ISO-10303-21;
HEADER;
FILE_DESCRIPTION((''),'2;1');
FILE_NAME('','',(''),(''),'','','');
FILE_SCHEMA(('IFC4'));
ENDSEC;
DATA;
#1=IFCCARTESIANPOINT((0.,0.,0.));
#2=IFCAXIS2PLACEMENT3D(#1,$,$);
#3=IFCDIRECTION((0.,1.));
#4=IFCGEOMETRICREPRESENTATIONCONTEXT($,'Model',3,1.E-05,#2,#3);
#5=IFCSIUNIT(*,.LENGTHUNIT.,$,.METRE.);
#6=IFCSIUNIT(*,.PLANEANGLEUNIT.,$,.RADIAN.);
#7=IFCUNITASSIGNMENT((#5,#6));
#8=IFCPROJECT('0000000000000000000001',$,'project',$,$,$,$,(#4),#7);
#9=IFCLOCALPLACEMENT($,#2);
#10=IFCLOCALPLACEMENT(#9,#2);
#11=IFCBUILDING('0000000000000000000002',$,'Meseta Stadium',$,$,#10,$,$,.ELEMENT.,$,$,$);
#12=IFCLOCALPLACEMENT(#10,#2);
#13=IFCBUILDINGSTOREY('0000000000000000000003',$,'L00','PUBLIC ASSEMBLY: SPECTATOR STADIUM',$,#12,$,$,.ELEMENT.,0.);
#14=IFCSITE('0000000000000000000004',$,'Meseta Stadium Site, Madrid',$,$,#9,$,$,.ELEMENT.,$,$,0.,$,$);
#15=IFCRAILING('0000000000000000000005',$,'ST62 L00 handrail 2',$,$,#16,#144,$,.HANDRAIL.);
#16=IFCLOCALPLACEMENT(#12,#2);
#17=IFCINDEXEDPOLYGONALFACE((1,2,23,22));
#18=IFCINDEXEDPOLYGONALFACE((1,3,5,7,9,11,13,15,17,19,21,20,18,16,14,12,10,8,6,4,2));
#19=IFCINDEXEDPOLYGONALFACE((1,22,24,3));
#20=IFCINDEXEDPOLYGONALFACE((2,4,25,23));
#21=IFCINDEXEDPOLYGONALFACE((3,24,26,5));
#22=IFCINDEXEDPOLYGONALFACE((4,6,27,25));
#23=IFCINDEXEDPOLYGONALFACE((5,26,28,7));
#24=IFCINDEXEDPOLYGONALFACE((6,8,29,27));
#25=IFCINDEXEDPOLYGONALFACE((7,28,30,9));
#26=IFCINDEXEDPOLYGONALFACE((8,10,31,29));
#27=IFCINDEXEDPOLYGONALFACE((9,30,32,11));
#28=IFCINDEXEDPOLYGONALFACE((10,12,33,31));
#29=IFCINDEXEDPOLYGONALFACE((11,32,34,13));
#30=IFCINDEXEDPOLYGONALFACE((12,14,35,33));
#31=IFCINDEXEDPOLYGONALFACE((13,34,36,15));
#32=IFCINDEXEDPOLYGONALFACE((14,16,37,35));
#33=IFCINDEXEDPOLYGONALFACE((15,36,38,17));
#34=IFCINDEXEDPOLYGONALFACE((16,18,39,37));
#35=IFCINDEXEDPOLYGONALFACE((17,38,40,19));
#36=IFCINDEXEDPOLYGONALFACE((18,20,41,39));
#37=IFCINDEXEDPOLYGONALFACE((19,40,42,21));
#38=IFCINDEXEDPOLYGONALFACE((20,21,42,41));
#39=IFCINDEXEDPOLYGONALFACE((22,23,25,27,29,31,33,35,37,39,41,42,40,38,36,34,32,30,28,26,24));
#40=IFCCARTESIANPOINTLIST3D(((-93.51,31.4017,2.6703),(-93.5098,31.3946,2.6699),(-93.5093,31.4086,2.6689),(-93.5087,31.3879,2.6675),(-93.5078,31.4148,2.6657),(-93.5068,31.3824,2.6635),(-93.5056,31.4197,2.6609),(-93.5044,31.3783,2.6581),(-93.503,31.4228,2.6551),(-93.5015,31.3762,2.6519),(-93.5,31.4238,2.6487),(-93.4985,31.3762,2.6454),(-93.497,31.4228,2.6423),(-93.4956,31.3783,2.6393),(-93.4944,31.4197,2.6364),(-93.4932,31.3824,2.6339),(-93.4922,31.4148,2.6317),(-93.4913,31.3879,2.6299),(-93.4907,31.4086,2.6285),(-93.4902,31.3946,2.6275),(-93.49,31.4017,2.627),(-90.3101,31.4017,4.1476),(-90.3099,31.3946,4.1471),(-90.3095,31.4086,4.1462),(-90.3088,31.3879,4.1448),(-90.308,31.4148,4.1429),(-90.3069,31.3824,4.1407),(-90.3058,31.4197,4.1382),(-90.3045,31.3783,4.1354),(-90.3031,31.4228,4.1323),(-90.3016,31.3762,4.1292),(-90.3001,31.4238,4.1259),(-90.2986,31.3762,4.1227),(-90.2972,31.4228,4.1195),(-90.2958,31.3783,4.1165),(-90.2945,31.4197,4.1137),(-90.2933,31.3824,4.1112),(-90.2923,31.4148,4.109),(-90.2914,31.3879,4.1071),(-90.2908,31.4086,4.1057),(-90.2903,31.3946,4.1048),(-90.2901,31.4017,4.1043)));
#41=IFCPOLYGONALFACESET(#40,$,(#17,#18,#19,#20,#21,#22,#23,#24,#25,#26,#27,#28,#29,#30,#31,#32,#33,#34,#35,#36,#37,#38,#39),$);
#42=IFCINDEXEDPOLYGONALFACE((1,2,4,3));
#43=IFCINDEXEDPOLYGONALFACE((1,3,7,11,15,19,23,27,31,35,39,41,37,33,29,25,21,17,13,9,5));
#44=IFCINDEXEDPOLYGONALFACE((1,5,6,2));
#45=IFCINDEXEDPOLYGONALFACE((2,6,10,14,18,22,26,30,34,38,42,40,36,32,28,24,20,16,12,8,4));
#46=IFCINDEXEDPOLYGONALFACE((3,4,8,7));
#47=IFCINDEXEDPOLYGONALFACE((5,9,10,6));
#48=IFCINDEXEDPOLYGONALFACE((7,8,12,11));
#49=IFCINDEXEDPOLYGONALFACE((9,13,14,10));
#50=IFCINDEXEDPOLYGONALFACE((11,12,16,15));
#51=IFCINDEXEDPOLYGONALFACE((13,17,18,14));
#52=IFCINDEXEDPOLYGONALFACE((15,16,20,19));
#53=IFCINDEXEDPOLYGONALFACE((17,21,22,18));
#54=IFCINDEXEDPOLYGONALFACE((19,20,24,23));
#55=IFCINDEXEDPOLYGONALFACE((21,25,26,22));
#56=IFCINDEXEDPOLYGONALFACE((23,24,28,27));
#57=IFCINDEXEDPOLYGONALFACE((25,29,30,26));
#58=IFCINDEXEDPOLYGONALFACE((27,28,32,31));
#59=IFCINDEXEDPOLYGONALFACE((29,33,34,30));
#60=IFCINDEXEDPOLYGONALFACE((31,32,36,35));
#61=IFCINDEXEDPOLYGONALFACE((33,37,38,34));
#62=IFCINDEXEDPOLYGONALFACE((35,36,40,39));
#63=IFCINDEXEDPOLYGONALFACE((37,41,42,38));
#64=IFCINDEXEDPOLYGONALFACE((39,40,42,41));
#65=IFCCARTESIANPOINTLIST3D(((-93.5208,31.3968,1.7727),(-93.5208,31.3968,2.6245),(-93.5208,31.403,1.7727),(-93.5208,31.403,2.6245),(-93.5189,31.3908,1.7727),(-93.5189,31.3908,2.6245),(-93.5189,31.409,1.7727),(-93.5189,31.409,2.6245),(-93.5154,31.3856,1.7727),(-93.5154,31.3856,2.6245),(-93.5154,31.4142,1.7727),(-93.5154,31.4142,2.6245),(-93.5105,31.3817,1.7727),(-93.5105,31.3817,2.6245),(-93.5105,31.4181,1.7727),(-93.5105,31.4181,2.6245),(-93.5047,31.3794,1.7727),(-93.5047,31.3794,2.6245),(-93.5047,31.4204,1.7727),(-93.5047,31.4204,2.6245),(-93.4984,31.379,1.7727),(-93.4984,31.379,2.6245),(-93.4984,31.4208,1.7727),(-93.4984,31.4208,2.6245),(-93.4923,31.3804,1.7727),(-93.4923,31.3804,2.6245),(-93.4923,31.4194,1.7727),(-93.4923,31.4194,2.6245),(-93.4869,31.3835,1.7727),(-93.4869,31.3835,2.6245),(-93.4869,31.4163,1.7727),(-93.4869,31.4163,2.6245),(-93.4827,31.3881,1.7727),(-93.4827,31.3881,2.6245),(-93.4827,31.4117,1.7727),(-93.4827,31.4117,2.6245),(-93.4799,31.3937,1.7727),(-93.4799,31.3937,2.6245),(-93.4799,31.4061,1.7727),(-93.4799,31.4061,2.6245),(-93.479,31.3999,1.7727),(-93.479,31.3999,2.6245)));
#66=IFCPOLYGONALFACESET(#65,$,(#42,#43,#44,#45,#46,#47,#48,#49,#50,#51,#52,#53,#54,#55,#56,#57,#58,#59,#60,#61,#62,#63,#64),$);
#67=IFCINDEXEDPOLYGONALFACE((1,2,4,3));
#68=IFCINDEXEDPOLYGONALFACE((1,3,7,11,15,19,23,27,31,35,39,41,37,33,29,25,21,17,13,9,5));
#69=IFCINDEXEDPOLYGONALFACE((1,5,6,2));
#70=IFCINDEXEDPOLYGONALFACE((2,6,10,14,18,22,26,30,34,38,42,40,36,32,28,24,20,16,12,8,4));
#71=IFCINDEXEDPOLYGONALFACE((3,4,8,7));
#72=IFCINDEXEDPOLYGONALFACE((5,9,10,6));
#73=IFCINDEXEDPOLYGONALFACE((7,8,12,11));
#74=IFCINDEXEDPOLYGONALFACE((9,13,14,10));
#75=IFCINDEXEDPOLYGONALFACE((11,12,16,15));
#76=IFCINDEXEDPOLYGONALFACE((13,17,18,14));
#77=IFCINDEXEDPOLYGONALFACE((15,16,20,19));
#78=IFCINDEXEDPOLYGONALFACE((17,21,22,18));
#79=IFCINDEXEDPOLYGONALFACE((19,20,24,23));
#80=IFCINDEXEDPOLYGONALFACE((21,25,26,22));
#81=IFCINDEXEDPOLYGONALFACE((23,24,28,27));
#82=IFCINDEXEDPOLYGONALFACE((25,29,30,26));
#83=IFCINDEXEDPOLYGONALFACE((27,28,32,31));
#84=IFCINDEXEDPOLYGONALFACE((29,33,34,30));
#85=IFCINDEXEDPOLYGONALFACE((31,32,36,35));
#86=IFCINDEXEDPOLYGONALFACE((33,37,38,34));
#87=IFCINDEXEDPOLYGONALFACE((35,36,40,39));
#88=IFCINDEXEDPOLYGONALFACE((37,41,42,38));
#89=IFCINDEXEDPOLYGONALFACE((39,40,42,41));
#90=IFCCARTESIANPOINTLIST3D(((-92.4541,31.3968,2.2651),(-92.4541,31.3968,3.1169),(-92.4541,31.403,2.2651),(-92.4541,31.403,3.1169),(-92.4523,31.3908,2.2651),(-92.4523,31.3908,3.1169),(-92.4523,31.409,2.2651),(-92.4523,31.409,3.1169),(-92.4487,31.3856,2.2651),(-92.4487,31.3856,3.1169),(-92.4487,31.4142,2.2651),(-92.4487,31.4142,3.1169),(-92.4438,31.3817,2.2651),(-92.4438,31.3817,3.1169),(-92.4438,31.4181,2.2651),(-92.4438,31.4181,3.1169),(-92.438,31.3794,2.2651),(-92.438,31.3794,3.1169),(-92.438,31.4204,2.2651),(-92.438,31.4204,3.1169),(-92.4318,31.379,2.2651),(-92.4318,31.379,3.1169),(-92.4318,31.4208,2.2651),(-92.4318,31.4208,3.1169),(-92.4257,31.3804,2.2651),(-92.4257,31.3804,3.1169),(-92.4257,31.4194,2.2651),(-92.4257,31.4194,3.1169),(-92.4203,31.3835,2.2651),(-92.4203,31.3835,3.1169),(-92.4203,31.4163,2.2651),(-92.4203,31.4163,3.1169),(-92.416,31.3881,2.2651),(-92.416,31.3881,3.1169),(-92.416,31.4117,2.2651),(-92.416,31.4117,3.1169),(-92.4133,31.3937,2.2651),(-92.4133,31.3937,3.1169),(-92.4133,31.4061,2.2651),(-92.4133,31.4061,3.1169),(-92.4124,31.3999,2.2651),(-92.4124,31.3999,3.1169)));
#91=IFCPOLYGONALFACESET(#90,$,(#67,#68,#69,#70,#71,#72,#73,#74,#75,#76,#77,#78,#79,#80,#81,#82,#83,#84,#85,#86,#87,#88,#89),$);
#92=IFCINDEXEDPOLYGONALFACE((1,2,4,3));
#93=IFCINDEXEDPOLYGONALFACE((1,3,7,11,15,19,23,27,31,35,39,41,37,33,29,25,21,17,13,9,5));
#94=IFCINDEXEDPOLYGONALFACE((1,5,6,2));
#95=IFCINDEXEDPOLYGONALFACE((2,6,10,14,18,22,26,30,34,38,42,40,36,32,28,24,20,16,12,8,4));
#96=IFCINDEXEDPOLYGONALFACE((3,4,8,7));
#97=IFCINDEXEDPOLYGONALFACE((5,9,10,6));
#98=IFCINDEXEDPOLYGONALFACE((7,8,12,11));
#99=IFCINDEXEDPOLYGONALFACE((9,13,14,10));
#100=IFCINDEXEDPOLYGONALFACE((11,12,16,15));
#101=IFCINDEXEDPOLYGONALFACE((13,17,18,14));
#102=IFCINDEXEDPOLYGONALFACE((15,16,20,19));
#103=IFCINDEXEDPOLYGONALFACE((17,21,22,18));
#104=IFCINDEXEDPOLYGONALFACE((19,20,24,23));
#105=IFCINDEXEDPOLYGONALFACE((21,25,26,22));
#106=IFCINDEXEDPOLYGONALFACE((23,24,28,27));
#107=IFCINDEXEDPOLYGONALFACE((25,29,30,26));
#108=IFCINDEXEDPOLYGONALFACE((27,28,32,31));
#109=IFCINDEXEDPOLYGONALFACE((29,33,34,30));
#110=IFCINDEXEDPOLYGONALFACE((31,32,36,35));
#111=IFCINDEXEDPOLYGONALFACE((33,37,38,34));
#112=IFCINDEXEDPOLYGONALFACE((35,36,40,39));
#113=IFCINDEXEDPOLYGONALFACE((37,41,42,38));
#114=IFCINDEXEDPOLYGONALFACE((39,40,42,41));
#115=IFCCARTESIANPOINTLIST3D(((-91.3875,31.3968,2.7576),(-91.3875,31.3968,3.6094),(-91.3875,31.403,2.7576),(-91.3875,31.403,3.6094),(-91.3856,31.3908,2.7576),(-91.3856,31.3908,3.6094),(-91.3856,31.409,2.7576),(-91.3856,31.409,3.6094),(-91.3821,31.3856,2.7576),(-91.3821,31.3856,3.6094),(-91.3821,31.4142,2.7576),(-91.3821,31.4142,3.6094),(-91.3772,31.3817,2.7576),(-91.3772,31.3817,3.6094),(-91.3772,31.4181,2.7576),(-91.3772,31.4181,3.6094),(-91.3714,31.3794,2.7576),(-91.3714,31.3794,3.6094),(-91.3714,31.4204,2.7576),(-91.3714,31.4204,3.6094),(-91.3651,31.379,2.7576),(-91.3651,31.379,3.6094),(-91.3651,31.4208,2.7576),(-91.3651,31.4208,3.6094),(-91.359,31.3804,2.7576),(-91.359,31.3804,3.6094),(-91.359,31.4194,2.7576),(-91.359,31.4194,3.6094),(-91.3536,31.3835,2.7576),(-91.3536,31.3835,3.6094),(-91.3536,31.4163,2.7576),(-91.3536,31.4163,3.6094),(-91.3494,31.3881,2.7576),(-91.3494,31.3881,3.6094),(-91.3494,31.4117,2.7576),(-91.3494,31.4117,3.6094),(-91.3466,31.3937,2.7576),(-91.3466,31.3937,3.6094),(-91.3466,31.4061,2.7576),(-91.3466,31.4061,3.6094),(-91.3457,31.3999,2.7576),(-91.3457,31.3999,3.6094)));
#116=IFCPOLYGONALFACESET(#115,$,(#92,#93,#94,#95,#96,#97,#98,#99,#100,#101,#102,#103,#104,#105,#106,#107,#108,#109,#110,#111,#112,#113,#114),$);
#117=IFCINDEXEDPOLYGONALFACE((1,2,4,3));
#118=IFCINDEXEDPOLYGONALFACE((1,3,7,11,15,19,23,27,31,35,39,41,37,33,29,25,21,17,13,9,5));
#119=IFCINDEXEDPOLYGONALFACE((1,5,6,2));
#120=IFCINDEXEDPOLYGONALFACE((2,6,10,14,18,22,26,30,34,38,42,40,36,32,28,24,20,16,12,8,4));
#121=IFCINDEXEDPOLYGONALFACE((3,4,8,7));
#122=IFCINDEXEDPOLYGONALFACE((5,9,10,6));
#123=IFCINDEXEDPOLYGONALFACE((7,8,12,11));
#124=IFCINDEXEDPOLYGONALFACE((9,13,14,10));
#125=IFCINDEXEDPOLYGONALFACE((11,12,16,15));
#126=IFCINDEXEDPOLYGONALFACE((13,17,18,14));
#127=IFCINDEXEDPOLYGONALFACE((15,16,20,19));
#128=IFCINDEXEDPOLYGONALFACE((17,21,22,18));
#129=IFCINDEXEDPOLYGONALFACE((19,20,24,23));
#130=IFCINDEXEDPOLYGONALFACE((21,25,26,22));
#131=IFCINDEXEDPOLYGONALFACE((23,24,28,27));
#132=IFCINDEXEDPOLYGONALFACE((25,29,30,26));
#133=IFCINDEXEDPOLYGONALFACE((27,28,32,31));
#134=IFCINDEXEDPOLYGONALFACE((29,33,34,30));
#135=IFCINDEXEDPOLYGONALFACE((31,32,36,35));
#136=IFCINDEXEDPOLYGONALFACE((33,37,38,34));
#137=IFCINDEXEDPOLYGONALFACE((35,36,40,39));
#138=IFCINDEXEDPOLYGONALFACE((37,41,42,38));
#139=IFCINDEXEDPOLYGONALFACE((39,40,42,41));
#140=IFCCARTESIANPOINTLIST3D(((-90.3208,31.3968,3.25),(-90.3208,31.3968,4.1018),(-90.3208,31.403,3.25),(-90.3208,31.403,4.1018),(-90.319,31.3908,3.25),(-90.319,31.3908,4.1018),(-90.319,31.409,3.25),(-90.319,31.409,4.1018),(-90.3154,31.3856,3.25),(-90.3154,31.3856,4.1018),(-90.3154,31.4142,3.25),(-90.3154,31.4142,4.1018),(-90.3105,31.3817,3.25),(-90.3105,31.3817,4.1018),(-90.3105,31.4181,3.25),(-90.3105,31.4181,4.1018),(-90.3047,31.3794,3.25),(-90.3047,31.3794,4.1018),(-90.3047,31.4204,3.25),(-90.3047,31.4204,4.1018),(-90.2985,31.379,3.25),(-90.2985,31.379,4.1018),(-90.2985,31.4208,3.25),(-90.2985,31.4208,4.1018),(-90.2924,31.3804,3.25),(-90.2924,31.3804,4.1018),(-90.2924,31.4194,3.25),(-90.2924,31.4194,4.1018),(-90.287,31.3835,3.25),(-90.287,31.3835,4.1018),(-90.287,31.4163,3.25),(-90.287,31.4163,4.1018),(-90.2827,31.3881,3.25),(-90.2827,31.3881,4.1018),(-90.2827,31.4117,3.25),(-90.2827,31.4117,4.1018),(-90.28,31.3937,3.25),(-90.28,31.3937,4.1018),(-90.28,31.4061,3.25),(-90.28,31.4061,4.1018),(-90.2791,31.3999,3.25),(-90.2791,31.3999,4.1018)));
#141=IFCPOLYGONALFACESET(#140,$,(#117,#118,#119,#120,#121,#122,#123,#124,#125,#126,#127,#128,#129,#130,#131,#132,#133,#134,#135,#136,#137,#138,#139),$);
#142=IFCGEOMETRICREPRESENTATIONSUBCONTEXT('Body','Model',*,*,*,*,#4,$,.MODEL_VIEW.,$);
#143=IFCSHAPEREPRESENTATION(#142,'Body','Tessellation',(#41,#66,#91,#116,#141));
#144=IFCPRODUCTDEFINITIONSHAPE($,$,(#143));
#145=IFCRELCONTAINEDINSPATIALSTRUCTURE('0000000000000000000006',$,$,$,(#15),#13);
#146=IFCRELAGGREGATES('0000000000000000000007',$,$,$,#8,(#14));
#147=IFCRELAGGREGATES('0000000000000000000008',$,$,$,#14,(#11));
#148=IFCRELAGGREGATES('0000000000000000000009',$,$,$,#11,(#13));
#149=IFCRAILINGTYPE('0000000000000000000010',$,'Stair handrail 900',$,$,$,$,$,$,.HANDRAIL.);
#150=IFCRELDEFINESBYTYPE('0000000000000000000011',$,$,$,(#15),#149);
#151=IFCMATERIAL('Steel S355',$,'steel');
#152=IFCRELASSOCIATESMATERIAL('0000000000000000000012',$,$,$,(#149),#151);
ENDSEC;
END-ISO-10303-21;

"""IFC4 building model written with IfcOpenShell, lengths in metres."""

from ifc_helpers import new_model, si_unit, direction, frame, origin, origin_2d, place, context, subcontext, project, spatial, circle, extrude, material, type_object, element, save


model = new_model("IFC4")

# Units and contexts
model_context = context("Model", 3, precision=1e-05, world=origin(), true_north=direction((0.0, 1.0)))
body_context = subcontext(model_context, "Body", "Model", "MODEL_VIEW")
ifc_project = project(units=[si_unit("LENGTHUNIT", "METRE"), si_unit("PLANEANGLEUNIT", "RADIAN")], contexts=[model_context])

# Site, building, storey
site_placement = place(None, origin())
site = spatial("IfcSite", under=ifc_project, at=site_placement, Name="Meseta Stadium Site, Madrid", CompositionType="ELEMENT", RefElevation=0.0)
building_placement = place(site_placement, origin())
building = spatial("IfcBuilding", under=site, at=building_placement, Name="Meseta Stadium", CompositionType="ELEMENT")
storey_placement = place(building_placement, origin())
storey = spatial("IfcBuildingStorey", under=building, at=storey_placement, Name="L00", Description="PUBLIC ASSEMBLY: SPECTATOR STADIUM", CompositionType="ELEMENT", Elevation=0.0)

# Railing
ifc_material_1 = material(Name="Steel S355", Category="steel")
railing_type_1 = type_object("IfcRailingType", Name="Stair handrail 900", PredefinedType="HANDRAIL", material=ifc_material_1)
for number, where, name in (
    (1, (-93.5, 31.3999, 1.7727), "ST62 L00 handrail 2"),
):
    element("IfcRailing", number, at=place(storey_placement, frame(where)), inside=storey, type_object=railing_type_1, Name=name, PredefinedType="HANDRAIL", context=body_context, shape_type="SweptSolid", body=[
        extrude(circle(Radius=0.0239, at=origin_2d()), frame((0.0, 0.0, 0.876), z_axis=(0.907917, 0.0, 0.41915), x_axis=(0.0, 1.0, 0.0)), (0.0, 0.0, 1.0), 3.5244),
        extrude(circle(Radius=0.021, at=origin_2d()), origin(), (0.0, 0.0, 1.0), 0.8518),
        extrude(circle(Radius=0.021, at=origin_2d()), frame((1.0667, 0.0, 0.4924)), (0.0, 0.0, 1.0), 0.8518),
        extrude(circle(Radius=0.021, at=origin_2d()), frame((2.1333, 0.0, 0.9849)), (0.0, 0.0, 1.0), 0.8518),
        extrude(circle(Radius=0.021, at=origin_2d()), frame((3.2, 0.0, 1.4773)), (0.0, 0.0, 1.0), 0.8518),
    ])

save(model, "model.ifc")
